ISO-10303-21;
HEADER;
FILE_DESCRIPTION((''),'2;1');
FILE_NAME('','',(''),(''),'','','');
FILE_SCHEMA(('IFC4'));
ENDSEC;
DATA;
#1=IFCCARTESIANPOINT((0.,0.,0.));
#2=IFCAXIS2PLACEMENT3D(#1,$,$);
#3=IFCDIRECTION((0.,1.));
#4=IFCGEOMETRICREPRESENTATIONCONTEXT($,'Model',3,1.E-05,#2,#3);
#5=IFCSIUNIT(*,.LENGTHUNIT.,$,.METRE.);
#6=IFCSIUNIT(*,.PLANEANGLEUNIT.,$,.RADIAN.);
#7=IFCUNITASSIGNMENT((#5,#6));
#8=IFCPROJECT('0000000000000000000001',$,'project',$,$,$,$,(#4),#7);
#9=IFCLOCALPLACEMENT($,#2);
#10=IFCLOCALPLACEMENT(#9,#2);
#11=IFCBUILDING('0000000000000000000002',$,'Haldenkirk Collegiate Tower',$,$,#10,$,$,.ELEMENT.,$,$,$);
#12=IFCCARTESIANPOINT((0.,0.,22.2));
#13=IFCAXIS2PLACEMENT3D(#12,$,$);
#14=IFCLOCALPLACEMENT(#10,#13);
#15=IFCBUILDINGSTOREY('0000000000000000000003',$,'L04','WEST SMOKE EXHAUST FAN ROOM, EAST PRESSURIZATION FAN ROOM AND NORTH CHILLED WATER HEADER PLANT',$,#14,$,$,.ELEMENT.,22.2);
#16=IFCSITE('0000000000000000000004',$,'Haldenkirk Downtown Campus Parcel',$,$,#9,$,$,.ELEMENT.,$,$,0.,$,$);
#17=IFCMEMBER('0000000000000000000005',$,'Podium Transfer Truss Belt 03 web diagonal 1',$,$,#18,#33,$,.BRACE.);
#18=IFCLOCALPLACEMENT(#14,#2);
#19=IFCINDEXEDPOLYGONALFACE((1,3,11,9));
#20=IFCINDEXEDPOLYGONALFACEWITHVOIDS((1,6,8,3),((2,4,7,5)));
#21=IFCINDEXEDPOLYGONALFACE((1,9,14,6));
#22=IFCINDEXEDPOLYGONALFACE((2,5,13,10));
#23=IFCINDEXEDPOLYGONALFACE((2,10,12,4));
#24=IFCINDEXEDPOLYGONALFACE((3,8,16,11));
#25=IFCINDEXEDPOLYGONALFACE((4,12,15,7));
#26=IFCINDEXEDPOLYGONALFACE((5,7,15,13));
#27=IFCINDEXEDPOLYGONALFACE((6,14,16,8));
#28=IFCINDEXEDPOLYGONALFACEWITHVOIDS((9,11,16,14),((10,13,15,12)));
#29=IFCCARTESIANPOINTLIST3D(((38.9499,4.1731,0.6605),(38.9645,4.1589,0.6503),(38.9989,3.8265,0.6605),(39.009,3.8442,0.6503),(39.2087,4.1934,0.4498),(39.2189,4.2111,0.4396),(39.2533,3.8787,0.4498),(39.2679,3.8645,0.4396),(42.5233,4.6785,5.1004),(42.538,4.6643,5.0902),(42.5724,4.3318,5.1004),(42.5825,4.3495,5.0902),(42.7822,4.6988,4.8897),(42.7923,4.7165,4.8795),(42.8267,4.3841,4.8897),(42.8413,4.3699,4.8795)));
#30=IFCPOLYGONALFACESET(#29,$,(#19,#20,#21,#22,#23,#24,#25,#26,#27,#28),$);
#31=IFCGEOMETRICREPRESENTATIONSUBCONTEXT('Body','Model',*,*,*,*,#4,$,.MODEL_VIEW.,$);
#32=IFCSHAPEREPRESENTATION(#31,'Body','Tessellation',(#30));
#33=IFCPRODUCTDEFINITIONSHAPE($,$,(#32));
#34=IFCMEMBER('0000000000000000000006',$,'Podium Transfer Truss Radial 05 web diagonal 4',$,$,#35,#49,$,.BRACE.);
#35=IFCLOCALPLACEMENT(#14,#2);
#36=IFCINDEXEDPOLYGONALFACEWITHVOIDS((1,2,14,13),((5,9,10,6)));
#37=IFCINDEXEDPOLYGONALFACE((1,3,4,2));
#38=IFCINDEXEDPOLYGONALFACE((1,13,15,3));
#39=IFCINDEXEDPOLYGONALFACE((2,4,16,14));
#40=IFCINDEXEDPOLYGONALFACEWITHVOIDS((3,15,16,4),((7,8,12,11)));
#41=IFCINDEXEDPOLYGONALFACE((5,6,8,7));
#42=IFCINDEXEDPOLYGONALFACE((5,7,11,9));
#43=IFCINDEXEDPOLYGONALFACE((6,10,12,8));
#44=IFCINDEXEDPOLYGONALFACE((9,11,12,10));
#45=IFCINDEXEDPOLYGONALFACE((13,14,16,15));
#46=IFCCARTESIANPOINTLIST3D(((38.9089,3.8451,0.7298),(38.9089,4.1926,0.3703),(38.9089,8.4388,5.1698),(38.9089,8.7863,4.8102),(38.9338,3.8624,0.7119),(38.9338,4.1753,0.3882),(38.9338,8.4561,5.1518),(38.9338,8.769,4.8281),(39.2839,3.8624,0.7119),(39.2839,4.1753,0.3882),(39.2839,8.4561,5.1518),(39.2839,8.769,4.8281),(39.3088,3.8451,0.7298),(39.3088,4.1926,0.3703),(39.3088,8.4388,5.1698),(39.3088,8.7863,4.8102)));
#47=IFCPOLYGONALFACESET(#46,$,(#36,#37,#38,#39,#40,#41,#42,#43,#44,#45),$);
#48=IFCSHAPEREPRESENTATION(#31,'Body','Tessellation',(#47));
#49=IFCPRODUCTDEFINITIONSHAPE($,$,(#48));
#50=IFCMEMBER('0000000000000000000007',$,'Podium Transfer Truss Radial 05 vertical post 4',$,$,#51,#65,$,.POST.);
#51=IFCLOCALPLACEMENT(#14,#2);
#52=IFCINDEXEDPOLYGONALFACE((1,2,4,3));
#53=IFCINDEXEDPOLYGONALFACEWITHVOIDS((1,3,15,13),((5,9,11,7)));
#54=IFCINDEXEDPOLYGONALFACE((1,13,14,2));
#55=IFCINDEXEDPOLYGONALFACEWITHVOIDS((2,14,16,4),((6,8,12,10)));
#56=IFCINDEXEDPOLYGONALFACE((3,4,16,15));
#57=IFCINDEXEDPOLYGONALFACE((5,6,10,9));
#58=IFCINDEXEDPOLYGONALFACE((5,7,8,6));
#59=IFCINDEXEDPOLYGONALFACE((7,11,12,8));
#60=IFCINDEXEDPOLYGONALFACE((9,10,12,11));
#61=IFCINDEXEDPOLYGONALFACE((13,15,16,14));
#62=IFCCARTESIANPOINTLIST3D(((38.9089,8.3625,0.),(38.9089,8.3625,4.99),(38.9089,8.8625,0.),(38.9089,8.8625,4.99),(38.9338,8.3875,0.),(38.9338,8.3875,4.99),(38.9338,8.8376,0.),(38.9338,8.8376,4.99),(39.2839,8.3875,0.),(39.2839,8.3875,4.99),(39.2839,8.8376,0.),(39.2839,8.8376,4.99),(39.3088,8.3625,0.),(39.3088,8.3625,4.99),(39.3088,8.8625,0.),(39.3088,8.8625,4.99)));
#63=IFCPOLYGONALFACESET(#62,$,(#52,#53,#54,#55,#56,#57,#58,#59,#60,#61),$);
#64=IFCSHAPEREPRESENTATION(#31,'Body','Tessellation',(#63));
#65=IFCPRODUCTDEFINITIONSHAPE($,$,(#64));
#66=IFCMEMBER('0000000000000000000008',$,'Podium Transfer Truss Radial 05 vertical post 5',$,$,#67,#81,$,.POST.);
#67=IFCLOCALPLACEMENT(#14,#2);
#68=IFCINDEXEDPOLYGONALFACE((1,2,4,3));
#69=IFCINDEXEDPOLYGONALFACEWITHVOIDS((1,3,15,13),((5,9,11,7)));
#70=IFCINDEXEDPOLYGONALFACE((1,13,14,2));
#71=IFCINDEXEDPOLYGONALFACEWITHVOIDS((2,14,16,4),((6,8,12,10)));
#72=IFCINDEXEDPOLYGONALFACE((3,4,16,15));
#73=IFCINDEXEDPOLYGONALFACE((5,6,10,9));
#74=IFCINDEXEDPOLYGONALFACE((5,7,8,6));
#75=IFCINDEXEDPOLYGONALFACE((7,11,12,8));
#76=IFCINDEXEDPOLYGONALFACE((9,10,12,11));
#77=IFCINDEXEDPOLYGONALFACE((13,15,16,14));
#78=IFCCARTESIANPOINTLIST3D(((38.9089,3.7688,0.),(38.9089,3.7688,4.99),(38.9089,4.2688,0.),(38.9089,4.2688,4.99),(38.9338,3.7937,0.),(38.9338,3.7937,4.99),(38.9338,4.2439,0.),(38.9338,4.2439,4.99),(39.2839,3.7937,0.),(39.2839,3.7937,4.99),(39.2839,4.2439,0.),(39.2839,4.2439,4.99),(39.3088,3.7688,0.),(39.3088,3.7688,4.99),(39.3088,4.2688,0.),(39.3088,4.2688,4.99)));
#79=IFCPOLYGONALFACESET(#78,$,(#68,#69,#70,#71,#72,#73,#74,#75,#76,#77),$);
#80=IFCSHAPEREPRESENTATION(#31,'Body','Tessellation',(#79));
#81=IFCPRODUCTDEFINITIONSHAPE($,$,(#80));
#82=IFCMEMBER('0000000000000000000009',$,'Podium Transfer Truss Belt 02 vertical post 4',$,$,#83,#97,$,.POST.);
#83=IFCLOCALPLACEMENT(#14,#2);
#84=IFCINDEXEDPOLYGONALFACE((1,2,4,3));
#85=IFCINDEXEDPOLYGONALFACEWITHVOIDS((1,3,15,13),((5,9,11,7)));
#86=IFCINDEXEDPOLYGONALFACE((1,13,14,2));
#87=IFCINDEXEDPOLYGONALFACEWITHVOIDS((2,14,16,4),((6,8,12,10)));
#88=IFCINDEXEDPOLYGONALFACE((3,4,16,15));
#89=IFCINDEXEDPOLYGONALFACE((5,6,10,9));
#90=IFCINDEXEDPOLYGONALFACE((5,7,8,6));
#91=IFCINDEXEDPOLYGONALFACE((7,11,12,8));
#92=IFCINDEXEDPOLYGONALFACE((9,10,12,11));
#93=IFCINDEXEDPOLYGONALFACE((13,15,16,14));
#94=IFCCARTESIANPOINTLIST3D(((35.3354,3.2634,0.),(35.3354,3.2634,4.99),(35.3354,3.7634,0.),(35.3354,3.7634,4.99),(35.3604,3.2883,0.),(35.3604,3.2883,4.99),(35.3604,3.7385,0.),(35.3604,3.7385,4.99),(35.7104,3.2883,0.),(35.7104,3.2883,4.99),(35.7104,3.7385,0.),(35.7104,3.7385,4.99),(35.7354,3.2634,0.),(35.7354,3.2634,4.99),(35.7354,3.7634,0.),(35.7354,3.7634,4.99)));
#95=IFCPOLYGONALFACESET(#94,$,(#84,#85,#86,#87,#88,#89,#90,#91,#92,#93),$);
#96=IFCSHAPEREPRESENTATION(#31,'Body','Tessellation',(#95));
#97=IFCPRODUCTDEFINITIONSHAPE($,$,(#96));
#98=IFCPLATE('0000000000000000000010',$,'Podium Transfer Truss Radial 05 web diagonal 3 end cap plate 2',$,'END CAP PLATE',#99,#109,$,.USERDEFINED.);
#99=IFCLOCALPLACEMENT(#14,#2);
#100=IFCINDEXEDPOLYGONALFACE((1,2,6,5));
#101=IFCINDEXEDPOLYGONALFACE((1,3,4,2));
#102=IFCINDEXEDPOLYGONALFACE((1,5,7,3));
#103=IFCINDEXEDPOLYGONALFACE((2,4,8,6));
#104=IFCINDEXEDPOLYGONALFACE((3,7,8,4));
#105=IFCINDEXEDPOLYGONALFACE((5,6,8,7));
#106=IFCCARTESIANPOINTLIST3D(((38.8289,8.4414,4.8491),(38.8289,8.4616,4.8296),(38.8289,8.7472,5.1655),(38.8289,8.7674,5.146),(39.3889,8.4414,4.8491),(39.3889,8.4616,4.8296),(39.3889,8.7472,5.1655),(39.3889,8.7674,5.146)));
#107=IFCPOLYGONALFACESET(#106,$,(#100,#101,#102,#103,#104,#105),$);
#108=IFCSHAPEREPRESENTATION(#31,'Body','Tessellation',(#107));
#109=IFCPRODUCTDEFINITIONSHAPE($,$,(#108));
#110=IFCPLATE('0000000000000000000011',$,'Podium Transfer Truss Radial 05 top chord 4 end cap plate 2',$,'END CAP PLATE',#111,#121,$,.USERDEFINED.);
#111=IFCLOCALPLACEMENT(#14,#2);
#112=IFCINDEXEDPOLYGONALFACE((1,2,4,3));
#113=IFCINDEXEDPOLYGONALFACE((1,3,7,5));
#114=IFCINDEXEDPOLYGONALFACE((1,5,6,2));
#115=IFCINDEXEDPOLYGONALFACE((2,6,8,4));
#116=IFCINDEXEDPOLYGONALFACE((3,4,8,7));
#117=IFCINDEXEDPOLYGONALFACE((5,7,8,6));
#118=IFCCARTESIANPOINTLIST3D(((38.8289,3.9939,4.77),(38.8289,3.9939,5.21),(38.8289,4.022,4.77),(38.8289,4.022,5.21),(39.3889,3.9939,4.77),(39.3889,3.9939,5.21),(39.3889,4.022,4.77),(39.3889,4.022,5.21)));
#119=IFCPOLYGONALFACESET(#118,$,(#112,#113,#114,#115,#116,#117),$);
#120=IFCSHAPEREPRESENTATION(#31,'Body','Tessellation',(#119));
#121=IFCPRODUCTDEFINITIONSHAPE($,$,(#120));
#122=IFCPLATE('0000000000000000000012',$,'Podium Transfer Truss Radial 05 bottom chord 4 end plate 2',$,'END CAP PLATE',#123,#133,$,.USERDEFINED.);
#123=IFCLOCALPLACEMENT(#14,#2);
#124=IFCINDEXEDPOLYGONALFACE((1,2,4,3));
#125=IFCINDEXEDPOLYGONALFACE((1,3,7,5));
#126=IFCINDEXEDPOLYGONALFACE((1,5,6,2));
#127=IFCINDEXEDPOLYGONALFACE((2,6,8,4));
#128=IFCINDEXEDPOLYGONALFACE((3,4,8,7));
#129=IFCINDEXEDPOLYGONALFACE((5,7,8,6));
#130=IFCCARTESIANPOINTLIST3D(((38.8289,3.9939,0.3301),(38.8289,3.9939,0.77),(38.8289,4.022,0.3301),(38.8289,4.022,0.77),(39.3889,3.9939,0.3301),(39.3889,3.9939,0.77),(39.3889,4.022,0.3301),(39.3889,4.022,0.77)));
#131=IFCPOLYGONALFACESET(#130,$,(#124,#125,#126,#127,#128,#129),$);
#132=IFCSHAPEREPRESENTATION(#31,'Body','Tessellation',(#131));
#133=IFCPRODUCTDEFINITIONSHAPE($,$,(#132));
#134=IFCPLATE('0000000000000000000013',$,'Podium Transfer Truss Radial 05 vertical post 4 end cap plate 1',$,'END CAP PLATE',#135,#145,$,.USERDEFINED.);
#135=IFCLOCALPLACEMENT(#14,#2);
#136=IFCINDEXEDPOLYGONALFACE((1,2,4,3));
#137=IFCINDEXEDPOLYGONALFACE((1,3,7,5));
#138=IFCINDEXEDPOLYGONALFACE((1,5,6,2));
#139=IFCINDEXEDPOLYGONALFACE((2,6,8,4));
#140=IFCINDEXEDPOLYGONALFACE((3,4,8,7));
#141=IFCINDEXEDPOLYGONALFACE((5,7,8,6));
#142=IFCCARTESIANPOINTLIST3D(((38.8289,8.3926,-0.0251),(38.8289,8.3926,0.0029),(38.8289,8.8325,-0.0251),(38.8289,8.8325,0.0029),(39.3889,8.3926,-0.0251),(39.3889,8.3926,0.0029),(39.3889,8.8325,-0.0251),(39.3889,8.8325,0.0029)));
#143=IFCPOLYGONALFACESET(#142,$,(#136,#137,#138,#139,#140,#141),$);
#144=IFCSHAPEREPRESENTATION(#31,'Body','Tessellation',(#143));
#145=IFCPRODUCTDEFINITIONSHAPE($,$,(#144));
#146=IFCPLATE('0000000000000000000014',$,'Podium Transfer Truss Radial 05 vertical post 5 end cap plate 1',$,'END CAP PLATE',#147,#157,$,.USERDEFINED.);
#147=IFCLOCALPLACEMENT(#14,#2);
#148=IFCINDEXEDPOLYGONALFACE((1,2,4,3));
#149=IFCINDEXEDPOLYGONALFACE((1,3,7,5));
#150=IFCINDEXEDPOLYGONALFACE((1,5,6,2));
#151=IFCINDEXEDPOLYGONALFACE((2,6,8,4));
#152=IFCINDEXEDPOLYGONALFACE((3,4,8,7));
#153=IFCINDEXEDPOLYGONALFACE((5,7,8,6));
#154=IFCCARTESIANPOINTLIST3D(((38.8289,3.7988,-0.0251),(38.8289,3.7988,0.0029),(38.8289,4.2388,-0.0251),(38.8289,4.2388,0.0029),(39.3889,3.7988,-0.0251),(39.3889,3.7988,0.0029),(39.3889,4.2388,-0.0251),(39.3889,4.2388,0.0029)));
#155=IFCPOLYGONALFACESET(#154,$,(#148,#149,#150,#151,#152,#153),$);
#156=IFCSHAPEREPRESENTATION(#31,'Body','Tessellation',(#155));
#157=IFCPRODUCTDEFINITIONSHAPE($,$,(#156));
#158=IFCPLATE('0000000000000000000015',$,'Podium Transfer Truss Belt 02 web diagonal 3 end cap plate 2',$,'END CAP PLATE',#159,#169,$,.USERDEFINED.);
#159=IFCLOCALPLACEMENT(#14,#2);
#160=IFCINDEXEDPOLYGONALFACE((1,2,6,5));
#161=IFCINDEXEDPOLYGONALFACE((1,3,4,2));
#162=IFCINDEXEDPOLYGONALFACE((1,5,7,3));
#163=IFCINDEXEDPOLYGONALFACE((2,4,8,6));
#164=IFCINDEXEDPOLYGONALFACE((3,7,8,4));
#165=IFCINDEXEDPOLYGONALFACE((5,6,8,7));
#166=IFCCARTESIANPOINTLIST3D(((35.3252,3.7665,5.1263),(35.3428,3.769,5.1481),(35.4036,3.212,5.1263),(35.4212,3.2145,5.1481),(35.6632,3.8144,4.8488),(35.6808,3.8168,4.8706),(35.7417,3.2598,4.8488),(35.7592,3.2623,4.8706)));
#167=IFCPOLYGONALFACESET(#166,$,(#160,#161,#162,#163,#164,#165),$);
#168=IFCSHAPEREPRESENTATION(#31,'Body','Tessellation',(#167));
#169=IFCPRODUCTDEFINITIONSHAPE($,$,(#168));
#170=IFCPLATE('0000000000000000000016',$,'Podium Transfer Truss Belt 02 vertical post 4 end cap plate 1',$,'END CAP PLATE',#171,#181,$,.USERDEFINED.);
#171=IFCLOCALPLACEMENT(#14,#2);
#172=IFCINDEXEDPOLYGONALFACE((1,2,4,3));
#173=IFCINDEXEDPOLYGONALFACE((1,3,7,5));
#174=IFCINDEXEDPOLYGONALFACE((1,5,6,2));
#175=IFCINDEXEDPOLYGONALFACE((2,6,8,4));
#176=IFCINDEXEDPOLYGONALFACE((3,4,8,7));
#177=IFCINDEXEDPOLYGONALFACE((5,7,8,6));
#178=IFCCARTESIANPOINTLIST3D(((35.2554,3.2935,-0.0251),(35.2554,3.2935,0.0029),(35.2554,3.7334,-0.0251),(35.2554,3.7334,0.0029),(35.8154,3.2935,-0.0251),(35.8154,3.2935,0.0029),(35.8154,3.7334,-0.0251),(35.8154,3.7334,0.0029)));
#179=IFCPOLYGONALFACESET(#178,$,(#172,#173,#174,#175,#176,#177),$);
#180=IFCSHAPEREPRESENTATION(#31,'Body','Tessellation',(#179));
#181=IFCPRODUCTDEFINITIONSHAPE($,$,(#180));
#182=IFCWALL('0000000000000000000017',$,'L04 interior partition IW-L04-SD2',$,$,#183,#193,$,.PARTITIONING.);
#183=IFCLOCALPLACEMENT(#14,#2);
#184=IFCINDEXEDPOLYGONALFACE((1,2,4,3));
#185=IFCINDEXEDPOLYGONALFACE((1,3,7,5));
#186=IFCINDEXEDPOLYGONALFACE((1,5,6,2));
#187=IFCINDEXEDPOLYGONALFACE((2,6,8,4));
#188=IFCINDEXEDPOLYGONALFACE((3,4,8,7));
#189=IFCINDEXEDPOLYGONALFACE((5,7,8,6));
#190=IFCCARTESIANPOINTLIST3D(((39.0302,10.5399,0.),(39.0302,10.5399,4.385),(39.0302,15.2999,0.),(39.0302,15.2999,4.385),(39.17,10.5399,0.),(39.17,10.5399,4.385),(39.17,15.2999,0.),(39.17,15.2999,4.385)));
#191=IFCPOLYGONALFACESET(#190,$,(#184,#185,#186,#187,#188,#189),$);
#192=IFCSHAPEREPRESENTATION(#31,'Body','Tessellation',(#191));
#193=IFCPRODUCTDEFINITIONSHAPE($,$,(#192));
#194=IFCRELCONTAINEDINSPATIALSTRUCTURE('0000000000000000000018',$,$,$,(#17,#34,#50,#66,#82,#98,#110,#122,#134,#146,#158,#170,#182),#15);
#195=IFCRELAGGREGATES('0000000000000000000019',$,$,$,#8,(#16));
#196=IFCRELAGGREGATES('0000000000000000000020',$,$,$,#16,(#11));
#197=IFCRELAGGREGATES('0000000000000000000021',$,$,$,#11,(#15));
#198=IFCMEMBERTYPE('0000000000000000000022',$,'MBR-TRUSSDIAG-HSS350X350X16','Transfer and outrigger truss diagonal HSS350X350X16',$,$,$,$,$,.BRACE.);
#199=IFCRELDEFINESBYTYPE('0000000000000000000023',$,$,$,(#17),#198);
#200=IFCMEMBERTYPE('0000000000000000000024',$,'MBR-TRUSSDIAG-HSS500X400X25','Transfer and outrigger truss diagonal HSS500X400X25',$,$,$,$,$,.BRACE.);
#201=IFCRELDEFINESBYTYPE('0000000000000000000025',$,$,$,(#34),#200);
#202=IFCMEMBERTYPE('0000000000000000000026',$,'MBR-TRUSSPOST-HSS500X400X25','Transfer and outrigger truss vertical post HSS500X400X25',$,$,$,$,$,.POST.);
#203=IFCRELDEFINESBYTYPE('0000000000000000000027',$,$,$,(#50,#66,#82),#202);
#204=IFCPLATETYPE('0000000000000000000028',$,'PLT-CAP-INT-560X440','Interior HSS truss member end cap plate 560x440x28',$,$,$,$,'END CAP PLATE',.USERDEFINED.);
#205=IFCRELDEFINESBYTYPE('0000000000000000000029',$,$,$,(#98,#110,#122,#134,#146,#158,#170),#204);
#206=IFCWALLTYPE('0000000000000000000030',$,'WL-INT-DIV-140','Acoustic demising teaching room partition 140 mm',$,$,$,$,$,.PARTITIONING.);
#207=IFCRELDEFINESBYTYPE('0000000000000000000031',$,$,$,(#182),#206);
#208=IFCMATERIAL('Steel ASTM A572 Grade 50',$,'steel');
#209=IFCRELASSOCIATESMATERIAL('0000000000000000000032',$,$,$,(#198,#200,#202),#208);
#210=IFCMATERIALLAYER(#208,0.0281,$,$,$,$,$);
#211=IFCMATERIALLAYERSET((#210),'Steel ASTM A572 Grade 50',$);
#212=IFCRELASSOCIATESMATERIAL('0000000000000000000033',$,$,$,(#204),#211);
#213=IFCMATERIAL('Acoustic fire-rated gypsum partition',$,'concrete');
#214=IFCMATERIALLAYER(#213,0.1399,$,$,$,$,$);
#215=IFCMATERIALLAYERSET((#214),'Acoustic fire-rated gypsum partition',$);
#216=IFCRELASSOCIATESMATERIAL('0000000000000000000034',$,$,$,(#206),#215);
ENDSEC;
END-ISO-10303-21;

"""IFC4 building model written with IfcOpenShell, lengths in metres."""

from ifc_helpers import new_model, si_unit, direction, frame, frame_2d, origin, origin_2d, place, context, subcontext, project, spatial, rectangle, hollow_rectangle, extrude, source, transform, mapped, material, layer, layer_set, material_profile, profile_set, type_object, element, save


model = new_model("IFC4")

# Units and contexts
model_context = context("Model", 3, precision=1e-05, world=origin(), true_north=direction((0.0, 1.0)))
body_context = subcontext(model_context, "Body", "Model", "MODEL_VIEW")
ifc_project = project(units=[si_unit("LENGTHUNIT", "METRE"), si_unit("PLANEANGLEUNIT", "RADIAN")], contexts=[model_context])

# Site, building, storey
site_placement = place(None, origin())
site = spatial("IfcSite", under=ifc_project, at=site_placement, Name="Haldenkirk Downtown Campus Parcel", CompositionType="ELEMENT", RefElevation=0.0)
building_placement = place(site_placement, origin())
building = spatial("IfcBuilding", under=site, at=building_placement, Name="Haldenkirk Collegiate Tower", CompositionType="ELEMENT")
storey_placement = place(building_placement, frame((0.0, 0.0, 22.2)))
storey = spatial("IfcBuildingStorey", under=building, at=storey_placement, Name="L04", Description="WEST SMOKE EXHAUST FAN ROOM, EAST PRESSURIZATION FAN ROOM AND NORTH CHILLED WATER HEADER PLANT", CompositionType="ELEMENT", Elevation=22.2)

# Members
ifc_material_1 = material(Name="Steel ASTM A572 Grade 50", Category="steel")
ifc_material_profile_1 = material_profile(ifc_material_1, hollow_rectangle(XDim=0.3501, YDim=0.3501, WallThickness=0.0161, at=origin_2d()), Name="HSS350X350X16")
ifc_profile_set_1 = profile_set([ifc_material_profile_1], Name="Steel ASTM A572 Grade 50")
member_type_1 = type_object("IfcMemberType", Name="MBR-TRUSSDIAG-HSS350X350X16", Description="Transfer and outrigger truss diagonal HSS350X350X16", PredefinedType="BRACE", material=ifc_profile_set_1)
for number, where, z_axis, x_axis, name in (
    (1, (39.1089, 4.0188, 0.55), (0.624546, 0.088325, 0.775978), (-0.140029, 0.990147, 0.0), "Podium Transfer Truss Belt 03 web diagonal 1"),
):
    element("IfcMember", number, at=place(storey_placement, frame(where, z_axis=z_axis, x_axis=x_axis)), inside=storey, type_object=member_type_1, Name=name, PredefinedType="BRACE", context=body_context, shape_type="SweptSolid", body=[
        extrude(hollow_rectangle(XDim=0.3501, YDim=0.3501, WallThickness=0.0161, at=origin_2d()), origin(), (0.0, 0.0, 1.0), 5.7217),
    ])
ifc_material_profile_2 = material_profile(ifc_material_1, hollow_rectangle(XDim=0.3999, YDim=0.5, WallThickness=0.0249, at=origin_2d()), Name="HSS500X400X25")
ifc_profile_set_2 = profile_set([ifc_material_profile_2], Name="Steel ASTM A572 Grade 50")
member_type_2 = type_object("IfcMemberType", Name="MBR-TRUSSDIAG-HSS500X400X25", Description="Transfer and outrigger truss diagonal HSS500X400X25", PredefinedType="BRACE", material=ifc_profile_set_2)
member_1_placement = place(storey_placement, frame((39.1089, 8.6125, 4.99), z_axis=(0.0, -0.719042, -0.694967), x_axis=(1.0, 0.0, 0.0)))
element("IfcMember", 2, at=member_1_placement, inside=storey, type_object=member_type_2, Name="Podium Transfer Truss Radial 05 web diagonal 4", PredefinedType="BRACE", context=body_context, shape_type="SweptSolid", body=[
    extrude(hollow_rectangle(XDim=0.3999, YDim=0.5, WallThickness=0.0249, at=origin_2d()), origin(), (0.0, 0.0, 1.0), 6.3887),
])
ifc_material_profile_3 = material_profile(ifc_material_1, hollow_rectangle(XDim=0.3999, YDim=0.5, WallThickness=0.0249, at=origin_2d()), Name="HSS500X400X25")
ifc_profile_set_3 = profile_set([ifc_material_profile_3], Name="Steel ASTM A572 Grade 50")
member_type_3 = type_object("IfcMemberType", Name="MBR-TRUSSPOST-HSS500X400X25", Description="Transfer and outrigger truss vertical post HSS500X400X25", PredefinedType="POST", material=ifc_profile_set_3)
for number, where, z_axis, x_axis, name in (
    (3, (39.1089, 8.6125, 0.0), (0.0, 0.0, 1.0), (1.0, 0.0, 0.0), "Podium Transfer Truss Radial 05 vertical post 4"),
    (4, (39.1089, 4.0188, 0.0), (0.0, 0.0, 1.0), (1.0, 0.0, 0.0), "Podium Transfer Truss Radial 05 vertical post 5"),
    (5, (35.5354, 3.5134, 0.0), (0.0, 0.0, 1.0), (1.0, 0.0, 0.0), "Podium Transfer Truss Belt 02 vertical post 4"),
):
    element("IfcMember", number, at=place(storey_placement, frame(where, z_axis=z_axis, x_axis=x_axis)), inside=storey, type_object=member_type_3, Name=name, PredefinedType="POST", context=body_context, shape_type="SweptSolid", body=[
        extrude(hollow_rectangle(XDim=0.3999, YDim=0.5, WallThickness=0.0249, at=origin_2d()), origin(), (0.0, 0.0, 1.0), 4.99),
    ])

# Plates
ifc_layer_1 = layer(ifc_material_1, 0.0281)
ifc_layer_set_1 = layer_set([ifc_layer_1], Name="Steel ASTM A572 Grade 50")
plate_type = type_object("IfcPlateType", Name="PLT-CAP-INT-560X440", Description="Interior HSS truss member end cap plate 560x440x28", ElementType="END CAP PLATE", PredefinedType="USERDEFINED", material=ifc_layer_set_1)
shared_shape = source(origin(), body_context, "Body", "SweptSolid", [
    extrude(rectangle(XDim=0.5601, YDim=0.4399, at=origin_2d()), origin(), (0.0, 0.0, 1.0), 0.0281),
])
for number, where, z_axis, x_axis, name in (
    (6, (39.1089, 8.6145, 4.9878), (0.0, -0.719041, 0.694968), (1.0, 0.0, 0.0), "Podium Transfer Truss Radial 05 web diagonal 3 end cap plate 2"),
    (7, (39.1089, 4.022, 4.99), (0.0, -1.0, 0.0), (1.0, 0.0, 0.0), "Podium Transfer Truss Radial 05 top chord 4 end cap plate 2"),
    (8, (39.1089, 4.022, 0.55), (0.0, -1.0, 0.0), (1.0, 0.0, 0.0), "Podium Transfer Truss Radial 05 bottom chord 4 end plate 2"),
    (9, (39.1089, 8.6125, 0.0029), (0.0, 0.0, -1.0), (1.0, 0.0, 0.0), "Podium Transfer Truss Radial 05 vertical post 4 end cap plate 1"),
    (10, (39.1089, 4.0188, 0.0029), (0.0, 0.0, -1.0), (1.0, 0.0, 0.0), "Podium Transfer Truss Radial 05 vertical post 5 end cap plate 1"),
    (11, (35.5334, 3.5132, 4.9875), (0.624531, 0.08833, 0.775989), (-0.14004, 0.990146, 0.0), "Podium Transfer Truss Belt 02 web diagonal 3 end cap plate 2"),
    (12, (35.5354, 3.5134, 0.0029), (0.0, 0.0, -1.0), (1.0, 0.0, 0.0), "Podium Transfer Truss Belt 02 vertical post 4 end cap plate 1"),
):
    element("IfcPlate", number, at=place(storey_placement, frame(where, z_axis=z_axis, x_axis=x_axis)), inside=storey, type_object=plate_type, Name=name, ObjectType="END CAP PLATE", PredefinedType="USERDEFINED", context=body_context, shape_type="MappedRepresentation", body=[
        mapped(shared_shape, transform((0.0, 0.0, 0.0), x_axis=(1.0, 0.0, 0.0), y_axis=(0.0, 1.0, 0.0), z_axis=(0.0, 0.0, 1.0), scale=1.0)),
    ])

# Wall
ifc_material_2 = material(Name="Acoustic fire-rated gypsum partition", Category="concrete")
ifc_layer_2 = layer(ifc_material_2, 0.1399)
ifc_layer_set_2 = layer_set([ifc_layer_2], Name="Acoustic fire-rated gypsum partition")
wall_type = type_object("IfcWallType", Name="WL-INT-DIV-140", Description="Acoustic demising teaching room partition 140 mm", PredefinedType="PARTITIONING", material=ifc_layer_set_2)
wall_placement = place(storey_placement, frame((39.1001, 10.54, 0.0), z_axis=(0.0, 0.0, 1.0), x_axis=(0.0, 1.0, 0.0)))
element("IfcWall", 13, at=wall_placement, inside=storey, type_object=wall_type, Name="L04 interior partition IW-L04-SD2", PredefinedType="PARTITIONING", context=body_context, shape_type="SweptSolid", body=[
    extrude(rectangle(XDim=4.76, YDim=0.1399, at=frame_2d((2.3799, 0.0))), origin(), (0.0, 0.0, 1.0), 4.385),
])

save(model, "model.ifc")
